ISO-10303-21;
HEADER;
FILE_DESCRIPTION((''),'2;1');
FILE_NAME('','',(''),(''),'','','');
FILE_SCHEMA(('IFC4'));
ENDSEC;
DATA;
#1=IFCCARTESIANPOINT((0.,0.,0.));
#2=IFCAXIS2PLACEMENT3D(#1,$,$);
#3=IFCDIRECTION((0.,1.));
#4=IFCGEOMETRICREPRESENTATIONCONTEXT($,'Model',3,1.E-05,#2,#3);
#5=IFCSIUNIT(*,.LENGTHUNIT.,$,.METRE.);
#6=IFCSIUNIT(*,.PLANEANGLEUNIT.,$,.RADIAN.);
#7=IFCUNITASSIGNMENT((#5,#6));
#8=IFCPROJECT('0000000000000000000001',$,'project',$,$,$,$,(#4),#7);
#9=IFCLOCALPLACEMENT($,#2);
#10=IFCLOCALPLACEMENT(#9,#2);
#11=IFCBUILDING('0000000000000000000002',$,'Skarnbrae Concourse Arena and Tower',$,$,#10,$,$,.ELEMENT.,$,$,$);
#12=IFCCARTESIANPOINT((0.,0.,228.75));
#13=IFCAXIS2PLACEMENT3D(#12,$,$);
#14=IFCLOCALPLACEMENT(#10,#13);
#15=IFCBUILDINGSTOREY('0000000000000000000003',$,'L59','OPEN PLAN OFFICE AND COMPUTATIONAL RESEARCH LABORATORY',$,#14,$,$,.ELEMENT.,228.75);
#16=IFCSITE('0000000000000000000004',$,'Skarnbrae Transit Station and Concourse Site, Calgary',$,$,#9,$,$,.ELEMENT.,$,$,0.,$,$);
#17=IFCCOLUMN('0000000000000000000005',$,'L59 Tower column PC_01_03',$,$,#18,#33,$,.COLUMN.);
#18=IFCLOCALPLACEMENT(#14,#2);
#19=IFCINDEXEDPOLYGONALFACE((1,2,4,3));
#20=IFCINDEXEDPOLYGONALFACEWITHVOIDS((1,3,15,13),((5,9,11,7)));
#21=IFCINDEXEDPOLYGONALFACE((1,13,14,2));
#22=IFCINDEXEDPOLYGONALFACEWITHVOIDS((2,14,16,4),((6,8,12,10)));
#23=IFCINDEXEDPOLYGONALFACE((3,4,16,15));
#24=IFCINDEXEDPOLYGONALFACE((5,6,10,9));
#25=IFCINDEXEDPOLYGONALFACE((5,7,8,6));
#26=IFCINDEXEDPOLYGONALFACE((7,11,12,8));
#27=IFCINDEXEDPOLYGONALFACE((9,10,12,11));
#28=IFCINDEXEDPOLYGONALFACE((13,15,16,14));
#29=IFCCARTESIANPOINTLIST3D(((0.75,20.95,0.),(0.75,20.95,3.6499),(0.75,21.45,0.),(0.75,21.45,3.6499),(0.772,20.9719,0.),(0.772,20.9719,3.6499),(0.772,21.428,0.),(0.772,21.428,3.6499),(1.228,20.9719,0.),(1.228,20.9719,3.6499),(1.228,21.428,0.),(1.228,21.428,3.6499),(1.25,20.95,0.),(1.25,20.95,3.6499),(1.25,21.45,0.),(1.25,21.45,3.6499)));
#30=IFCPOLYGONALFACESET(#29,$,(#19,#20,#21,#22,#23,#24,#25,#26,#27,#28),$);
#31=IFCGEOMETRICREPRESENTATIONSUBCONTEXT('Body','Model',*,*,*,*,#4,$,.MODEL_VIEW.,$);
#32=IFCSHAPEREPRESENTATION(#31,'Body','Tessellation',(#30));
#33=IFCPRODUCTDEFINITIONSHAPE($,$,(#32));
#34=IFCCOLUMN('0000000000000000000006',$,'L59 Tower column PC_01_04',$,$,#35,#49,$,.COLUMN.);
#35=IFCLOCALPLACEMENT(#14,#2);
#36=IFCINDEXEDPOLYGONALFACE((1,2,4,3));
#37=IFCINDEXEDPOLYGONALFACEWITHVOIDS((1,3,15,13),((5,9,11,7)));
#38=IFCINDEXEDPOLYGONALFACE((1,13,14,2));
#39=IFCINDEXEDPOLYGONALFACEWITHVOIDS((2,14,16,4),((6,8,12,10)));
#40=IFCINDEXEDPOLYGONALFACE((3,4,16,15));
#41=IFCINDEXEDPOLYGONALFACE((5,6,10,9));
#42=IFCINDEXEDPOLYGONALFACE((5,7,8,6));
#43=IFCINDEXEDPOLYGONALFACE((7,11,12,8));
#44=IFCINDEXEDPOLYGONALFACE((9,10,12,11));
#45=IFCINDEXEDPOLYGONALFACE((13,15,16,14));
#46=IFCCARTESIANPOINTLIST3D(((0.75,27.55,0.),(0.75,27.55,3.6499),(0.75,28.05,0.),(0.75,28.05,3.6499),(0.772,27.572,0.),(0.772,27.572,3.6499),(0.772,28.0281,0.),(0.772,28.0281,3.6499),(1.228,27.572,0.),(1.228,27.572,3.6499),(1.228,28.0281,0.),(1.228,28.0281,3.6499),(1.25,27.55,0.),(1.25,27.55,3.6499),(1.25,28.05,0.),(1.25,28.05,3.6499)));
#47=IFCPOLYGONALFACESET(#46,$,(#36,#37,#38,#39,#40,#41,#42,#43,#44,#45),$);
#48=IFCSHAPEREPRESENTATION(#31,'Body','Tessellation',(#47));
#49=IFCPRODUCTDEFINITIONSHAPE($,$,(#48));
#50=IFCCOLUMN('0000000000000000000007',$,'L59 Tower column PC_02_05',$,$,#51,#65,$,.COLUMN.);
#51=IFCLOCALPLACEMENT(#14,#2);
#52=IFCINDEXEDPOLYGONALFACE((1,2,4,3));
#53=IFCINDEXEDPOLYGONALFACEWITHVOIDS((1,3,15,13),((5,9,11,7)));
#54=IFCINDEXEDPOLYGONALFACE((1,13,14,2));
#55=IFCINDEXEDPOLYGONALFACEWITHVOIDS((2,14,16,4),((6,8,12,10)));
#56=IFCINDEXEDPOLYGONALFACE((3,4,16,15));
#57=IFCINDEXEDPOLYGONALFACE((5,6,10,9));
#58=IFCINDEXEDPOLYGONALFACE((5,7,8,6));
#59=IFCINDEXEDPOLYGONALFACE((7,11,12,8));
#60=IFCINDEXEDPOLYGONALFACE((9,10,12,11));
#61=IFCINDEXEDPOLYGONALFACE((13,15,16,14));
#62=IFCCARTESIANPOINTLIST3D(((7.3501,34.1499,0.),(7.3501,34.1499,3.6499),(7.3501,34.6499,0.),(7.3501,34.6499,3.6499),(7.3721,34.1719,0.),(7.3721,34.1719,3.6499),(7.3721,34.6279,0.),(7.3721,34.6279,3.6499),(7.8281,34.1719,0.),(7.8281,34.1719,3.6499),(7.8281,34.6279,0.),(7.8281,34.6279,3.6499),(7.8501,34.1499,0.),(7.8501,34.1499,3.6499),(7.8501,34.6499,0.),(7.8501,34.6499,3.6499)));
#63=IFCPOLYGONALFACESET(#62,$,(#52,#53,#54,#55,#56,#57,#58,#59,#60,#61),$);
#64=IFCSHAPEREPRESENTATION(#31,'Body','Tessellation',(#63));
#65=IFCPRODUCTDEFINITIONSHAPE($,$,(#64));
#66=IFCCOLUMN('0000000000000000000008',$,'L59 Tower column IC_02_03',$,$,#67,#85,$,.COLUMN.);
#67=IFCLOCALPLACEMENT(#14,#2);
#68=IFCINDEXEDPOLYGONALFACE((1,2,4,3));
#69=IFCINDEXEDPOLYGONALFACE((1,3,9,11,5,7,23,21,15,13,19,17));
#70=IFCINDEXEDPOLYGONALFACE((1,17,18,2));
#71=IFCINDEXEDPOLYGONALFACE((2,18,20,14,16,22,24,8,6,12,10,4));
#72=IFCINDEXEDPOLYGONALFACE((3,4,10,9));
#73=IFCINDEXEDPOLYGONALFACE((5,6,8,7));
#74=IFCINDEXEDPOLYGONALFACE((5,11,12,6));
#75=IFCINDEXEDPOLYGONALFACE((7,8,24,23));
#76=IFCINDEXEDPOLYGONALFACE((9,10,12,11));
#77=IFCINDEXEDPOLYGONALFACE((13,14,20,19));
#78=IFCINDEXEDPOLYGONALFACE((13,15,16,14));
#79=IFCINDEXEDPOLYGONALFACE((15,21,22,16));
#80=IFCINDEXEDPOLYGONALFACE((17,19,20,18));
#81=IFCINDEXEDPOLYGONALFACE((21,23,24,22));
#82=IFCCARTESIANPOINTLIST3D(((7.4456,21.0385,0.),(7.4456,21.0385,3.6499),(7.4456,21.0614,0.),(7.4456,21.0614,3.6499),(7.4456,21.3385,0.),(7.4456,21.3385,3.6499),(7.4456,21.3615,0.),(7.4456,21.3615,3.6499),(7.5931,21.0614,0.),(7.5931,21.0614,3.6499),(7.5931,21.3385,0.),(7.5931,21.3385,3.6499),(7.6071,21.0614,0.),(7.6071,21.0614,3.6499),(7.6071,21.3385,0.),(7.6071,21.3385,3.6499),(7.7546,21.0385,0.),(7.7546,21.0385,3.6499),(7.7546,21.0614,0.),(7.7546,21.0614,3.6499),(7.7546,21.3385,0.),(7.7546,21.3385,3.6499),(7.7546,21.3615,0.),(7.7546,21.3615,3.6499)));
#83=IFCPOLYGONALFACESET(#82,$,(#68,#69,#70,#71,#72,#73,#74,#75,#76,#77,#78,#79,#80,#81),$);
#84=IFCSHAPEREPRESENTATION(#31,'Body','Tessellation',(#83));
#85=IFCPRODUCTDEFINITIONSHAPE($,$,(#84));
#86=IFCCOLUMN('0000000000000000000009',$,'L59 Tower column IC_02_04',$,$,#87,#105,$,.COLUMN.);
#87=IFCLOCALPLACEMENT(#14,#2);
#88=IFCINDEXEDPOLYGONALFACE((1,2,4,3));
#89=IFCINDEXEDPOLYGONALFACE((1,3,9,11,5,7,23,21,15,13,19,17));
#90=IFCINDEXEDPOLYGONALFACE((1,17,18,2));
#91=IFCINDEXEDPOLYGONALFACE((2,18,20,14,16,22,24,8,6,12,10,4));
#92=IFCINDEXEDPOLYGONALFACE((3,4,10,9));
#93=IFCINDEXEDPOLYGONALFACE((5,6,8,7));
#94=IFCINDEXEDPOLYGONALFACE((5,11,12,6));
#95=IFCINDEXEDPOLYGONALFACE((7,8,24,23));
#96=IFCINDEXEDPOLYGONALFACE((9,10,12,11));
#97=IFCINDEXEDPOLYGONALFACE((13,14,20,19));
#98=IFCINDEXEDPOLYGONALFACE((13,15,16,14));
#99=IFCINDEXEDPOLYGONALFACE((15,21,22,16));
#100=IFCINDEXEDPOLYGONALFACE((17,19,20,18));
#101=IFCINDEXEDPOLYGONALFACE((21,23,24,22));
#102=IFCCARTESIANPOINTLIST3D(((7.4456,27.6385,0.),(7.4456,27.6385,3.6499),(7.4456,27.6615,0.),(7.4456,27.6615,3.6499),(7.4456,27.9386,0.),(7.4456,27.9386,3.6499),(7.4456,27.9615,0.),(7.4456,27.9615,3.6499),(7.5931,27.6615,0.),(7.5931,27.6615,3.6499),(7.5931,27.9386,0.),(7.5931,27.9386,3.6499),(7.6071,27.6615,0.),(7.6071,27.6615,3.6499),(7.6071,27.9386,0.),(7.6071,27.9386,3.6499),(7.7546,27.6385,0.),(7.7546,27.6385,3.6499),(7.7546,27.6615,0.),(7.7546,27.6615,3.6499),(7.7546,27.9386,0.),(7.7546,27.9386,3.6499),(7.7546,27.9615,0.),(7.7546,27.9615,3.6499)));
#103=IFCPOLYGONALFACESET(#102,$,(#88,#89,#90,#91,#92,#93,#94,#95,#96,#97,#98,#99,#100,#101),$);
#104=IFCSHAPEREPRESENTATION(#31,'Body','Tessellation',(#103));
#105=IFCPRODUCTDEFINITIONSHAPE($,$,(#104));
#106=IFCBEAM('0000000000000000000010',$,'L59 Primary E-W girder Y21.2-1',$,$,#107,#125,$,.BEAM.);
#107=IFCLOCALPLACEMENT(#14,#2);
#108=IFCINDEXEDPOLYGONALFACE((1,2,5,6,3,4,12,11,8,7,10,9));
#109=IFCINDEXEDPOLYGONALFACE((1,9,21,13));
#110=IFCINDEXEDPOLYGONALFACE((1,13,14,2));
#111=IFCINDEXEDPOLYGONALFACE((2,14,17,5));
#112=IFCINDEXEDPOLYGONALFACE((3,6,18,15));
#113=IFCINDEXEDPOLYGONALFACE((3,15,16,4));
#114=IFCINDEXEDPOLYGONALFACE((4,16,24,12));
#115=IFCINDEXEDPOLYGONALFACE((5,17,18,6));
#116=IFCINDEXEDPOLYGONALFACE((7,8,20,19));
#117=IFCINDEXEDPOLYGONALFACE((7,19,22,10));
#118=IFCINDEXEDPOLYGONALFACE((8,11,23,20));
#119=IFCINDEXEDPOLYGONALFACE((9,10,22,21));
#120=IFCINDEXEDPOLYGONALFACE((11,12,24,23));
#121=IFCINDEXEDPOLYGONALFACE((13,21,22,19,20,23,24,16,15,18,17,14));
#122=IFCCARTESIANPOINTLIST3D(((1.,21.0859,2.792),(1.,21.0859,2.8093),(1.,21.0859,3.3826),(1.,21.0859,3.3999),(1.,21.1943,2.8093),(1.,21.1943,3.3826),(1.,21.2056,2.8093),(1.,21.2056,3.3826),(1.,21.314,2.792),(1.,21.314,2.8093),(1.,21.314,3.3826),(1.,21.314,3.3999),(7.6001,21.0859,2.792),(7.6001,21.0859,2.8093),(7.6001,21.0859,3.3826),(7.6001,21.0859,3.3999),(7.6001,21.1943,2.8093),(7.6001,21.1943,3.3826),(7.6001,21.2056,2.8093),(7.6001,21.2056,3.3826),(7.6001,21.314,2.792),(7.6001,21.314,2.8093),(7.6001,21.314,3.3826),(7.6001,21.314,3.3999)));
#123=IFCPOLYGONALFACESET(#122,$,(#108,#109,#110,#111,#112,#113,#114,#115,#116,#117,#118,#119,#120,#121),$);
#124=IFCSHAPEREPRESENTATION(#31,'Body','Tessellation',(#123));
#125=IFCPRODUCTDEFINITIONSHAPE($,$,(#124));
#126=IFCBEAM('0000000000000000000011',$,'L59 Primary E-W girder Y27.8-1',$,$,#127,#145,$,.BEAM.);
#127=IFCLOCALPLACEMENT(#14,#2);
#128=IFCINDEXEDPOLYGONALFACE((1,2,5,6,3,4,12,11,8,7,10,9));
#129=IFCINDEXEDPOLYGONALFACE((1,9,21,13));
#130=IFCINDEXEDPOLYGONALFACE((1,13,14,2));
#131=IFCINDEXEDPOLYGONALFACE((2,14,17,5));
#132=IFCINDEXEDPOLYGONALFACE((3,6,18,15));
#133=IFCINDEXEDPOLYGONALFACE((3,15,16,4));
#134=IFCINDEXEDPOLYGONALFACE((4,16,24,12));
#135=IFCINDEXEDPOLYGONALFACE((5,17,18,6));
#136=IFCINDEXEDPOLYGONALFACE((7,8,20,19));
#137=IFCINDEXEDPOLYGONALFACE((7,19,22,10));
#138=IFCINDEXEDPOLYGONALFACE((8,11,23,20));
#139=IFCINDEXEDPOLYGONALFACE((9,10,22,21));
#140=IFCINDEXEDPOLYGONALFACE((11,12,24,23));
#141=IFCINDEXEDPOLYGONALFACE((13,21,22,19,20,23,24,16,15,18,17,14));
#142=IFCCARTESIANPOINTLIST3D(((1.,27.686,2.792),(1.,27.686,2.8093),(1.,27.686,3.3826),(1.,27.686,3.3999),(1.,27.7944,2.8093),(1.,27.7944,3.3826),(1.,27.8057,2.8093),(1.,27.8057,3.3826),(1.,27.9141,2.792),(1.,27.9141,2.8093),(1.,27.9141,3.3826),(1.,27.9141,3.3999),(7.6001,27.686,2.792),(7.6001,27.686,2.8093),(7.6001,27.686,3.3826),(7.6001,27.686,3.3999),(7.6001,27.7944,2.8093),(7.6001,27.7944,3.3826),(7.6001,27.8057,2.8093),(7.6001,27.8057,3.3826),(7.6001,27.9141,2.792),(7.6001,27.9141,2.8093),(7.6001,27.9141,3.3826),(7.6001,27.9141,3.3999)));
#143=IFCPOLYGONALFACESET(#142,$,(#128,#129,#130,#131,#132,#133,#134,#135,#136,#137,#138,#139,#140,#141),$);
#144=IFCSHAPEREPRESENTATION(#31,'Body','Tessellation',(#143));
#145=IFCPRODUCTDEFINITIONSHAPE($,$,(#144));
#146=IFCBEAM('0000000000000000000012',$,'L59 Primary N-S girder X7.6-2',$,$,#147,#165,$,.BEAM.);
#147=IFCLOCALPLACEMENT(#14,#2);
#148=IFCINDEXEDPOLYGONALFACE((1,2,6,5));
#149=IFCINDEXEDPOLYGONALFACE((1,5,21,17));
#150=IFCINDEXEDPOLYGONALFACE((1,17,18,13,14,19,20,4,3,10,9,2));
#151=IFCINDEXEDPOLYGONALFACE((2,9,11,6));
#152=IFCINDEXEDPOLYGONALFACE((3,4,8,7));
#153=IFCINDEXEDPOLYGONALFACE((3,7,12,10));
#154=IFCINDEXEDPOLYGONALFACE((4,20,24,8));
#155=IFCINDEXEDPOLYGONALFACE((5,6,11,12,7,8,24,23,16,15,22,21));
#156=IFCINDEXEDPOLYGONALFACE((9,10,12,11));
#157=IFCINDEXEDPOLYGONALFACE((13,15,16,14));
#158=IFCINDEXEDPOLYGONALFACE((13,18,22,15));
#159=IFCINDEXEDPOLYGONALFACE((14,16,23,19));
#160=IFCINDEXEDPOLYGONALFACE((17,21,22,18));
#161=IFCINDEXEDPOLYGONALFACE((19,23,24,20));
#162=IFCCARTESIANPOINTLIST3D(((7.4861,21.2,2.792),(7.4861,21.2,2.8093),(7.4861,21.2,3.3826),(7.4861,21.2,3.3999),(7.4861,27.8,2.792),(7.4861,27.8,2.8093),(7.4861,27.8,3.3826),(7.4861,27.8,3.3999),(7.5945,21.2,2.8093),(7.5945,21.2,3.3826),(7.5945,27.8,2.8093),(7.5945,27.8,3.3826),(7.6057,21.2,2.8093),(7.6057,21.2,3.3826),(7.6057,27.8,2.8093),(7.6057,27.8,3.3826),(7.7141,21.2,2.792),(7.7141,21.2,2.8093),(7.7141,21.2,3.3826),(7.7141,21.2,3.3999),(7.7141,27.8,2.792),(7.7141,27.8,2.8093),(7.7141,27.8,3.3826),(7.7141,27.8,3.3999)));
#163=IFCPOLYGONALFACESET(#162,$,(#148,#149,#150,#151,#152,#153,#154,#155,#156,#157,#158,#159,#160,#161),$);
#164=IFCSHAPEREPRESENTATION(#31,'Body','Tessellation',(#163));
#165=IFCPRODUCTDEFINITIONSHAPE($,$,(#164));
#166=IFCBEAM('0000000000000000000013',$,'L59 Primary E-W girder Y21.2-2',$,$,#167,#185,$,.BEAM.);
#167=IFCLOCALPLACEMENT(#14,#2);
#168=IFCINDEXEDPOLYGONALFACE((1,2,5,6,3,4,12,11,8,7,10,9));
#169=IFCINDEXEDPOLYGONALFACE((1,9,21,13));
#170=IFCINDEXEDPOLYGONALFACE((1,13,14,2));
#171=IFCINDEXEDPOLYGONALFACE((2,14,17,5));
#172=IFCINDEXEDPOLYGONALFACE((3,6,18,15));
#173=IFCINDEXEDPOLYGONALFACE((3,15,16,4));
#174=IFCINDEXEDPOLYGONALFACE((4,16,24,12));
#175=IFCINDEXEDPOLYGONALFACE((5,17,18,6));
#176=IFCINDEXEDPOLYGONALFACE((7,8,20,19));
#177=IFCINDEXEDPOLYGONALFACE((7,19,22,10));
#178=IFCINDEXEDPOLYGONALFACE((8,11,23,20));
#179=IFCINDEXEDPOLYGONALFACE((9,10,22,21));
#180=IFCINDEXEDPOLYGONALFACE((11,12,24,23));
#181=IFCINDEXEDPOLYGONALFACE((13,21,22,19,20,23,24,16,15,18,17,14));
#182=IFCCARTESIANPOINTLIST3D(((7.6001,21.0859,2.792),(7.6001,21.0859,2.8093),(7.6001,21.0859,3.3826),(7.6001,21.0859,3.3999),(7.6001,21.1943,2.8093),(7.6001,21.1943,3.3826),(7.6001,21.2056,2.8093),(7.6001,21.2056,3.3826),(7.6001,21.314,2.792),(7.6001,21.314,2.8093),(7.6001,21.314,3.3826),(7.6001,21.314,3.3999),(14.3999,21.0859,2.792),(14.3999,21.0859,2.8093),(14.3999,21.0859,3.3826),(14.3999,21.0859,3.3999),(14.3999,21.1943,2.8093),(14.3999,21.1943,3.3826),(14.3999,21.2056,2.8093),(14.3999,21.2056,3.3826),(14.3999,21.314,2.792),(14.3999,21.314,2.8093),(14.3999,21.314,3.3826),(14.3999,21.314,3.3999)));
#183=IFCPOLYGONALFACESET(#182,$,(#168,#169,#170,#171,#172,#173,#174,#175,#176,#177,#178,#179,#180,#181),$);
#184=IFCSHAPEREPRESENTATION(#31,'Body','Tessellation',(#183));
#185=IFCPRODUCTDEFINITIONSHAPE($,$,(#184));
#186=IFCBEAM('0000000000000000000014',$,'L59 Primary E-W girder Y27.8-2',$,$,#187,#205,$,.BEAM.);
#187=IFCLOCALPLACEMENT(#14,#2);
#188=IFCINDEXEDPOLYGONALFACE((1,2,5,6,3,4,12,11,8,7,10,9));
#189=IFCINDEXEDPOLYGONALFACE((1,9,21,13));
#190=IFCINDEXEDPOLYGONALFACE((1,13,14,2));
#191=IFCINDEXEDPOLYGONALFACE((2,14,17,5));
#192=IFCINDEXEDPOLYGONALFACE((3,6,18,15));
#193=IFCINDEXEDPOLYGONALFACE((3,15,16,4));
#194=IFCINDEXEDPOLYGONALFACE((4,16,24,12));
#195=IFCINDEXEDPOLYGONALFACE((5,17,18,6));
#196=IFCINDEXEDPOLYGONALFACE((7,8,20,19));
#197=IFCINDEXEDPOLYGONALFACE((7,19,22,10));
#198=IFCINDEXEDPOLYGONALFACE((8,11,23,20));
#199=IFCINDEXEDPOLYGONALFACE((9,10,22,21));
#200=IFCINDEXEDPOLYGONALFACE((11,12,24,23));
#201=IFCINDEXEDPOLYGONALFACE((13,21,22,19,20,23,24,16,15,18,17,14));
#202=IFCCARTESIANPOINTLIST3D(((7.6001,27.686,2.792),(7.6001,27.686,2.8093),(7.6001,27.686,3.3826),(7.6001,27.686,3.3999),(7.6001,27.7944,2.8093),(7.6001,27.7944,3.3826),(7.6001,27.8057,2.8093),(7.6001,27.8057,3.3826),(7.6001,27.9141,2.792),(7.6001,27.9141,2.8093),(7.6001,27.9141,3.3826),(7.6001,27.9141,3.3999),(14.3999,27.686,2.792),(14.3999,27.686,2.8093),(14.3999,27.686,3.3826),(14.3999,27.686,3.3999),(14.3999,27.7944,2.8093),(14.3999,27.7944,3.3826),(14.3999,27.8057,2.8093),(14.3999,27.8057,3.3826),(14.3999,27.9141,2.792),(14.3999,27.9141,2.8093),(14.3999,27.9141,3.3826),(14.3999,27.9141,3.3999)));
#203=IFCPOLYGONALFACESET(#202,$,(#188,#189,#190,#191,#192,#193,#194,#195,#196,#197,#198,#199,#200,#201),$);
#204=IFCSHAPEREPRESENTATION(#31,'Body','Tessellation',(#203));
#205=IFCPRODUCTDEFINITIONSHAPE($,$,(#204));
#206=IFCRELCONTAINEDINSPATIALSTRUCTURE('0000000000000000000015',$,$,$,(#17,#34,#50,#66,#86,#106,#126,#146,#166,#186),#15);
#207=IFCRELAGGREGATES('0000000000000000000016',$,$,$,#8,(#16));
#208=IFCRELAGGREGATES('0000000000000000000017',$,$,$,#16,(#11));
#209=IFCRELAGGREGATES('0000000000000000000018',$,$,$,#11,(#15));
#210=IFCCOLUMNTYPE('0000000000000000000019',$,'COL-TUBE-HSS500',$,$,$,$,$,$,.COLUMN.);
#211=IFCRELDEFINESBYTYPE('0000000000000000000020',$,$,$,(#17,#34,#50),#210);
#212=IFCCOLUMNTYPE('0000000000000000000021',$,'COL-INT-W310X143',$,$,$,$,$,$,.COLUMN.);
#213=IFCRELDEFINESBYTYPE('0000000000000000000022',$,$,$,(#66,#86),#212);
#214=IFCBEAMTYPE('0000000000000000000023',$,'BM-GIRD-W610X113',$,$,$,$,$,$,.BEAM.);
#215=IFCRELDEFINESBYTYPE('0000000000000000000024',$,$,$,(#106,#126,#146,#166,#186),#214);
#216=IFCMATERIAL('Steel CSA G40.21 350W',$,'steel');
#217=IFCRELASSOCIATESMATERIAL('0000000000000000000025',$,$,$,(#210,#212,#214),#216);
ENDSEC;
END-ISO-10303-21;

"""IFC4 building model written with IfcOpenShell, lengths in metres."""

from ifc_helpers import new_model, si_unit, direction, frame, origin, origin_2d, place, context, subcontext, project, spatial, hollow_rectangle, i_section, extrude, source, transform, mapped, material, material_profile, profile_set, type_object, element, save


model = new_model("IFC4")

# Units and contexts
model_context = context("Model", 3, precision=1e-05, world=origin(), true_north=direction((0.0, 1.0)))
body_context = subcontext(model_context, "Body", "Model", "MODEL_VIEW")
ifc_project = project(units=[si_unit("LENGTHUNIT", "METRE"), si_unit("PLANEANGLEUNIT", "RADIAN")], contexts=[model_context])

# Site, building, storey
site_placement = place(None, origin())
site = spatial("IfcSite", under=ifc_project, at=site_placement, Name="Skarnbrae Transit Station and Concourse Site, Calgary", CompositionType="ELEMENT", RefElevation=0.0)
building_placement = place(site_placement, origin())
building = spatial("IfcBuilding", under=site, at=building_placement, Name="Skarnbrae Concourse Arena and Tower", CompositionType="ELEMENT")
storey_placement = place(building_placement, frame((0.0, 0.0, 228.75)))
storey = spatial("IfcBuildingStorey", under=building, at=storey_placement, Name="L59", Description="OPEN PLAN OFFICE AND COMPUTATIONAL RESEARCH LABORATORY", CompositionType="ELEMENT", Elevation=228.75)

# Columns
ifc_material_1 = material(Name="Steel CSA G40.21 350W", Category="steel")
ifc_material_profile_1 = material_profile(ifc_material_1, hollow_rectangle(XDim=0.5, YDim=0.5, WallThickness=0.022, at=origin_2d()), Name="HSS500X500X22.0")
ifc_profile_set_1 = profile_set([ifc_material_profile_1], Name="Steel CSA G40.21 350W")
column_type_1 = type_object("IfcColumnType", Name="COL-TUBE-HSS500", PredefinedType="COLUMN", material=ifc_profile_set_1)
shared_shape_1 = source(origin(), body_context, "Body", "SweptSolid", [
    extrude(hollow_rectangle(XDim=0.5, YDim=0.5, WallThickness=0.022, at=origin_2d()), origin(), (0.0, 0.0, 1.0), 3.6499),
])
for number, where, z_axis, x_axis, name in (
    (1, (1.0, 21.2, 0.0), (0.0, 0.0, 1.0), (1.0, 0.0, 0.0), "L59 Tower column PC_01_03"),
    (2, (1.0, 27.8, 0.0), (0.0, 0.0, 1.0), (1.0, 0.0, 0.0), "L59 Tower column PC_01_04"),
    (3, (7.6001, 34.3999, 0.0), (0.0, 0.0, 1.0), (1.0, 0.0, 0.0), "L59 Tower column PC_02_05"),
):
    element("IfcColumn", number, at=place(storey_placement, frame(where, z_axis=z_axis, x_axis=x_axis)), inside=storey, type_object=column_type_1, Name=name, PredefinedType="COLUMN", context=body_context, shape_type="MappedRepresentation", body=[
        mapped(shared_shape_1, transform((0.0, 0.0, 0.0))),
    ])
ifc_material_profile_2 = material_profile(ifc_material_1, i_section(OverallWidth=0.3091, OverallDepth=0.323, WebThickness=0.0139, FlangeThickness=0.0229, at=origin_2d()), Name="W310X143")
ifc_profile_set_2 = profile_set([ifc_material_profile_2], Name="Steel CSA G40.21 350W")
column_type_2 = type_object("IfcColumnType", Name="COL-INT-W310X143", PredefinedType="COLUMN", material=ifc_profile_set_2)
shared_shape_2 = source(origin(), body_context, "Body", "SweptSolid", [
    extrude(i_section(OverallWidth=0.3091, OverallDepth=0.323, WebThickness=0.0139, FlangeThickness=0.0229, at=origin_2d()), origin(), (0.0, 0.0, 1.0), 3.6499),
])
for number, where, z_axis, x_axis, name in (
    (4, (7.6001, 21.2, 0.0), (0.0, 0.0, 1.0), (1.0, 0.0, 0.0), "L59 Tower column IC_02_03"),
    (5, (7.6001, 27.8, 0.0), (0.0, 0.0, 1.0), (1.0, 0.0, 0.0), "L59 Tower column IC_02_04"),
):
    element("IfcColumn", number, at=place(storey_placement, frame(where, z_axis=z_axis, x_axis=x_axis)), inside=storey, type_object=column_type_2, Name=name, PredefinedType="COLUMN", context=body_context, shape_type="MappedRepresentation", body=[
        mapped(shared_shape_2, transform((0.0, 0.0, 0.0))),
    ])

# Beams
ifc_material_profile_3 = material_profile(ifc_material_1, i_section(OverallWidth=0.228, OverallDepth=0.6079, WebThickness=0.0112, FlangeThickness=0.0173, at=origin_2d()), Name="W610X113")
ifc_profile_set_3 = profile_set([ifc_material_profile_3], Name="Steel CSA G40.21 350W")
beam_type_1 = type_object("IfcBeamType", Name="BM-GIRD-W610X113", PredefinedType="BEAM", material=ifc_profile_set_3)
shared_shape_3 = source(origin(), body_context, "Body", "SweptSolid", [
    extrude(i_section(OverallWidth=0.228, OverallDepth=0.6079, WebThickness=0.0112, FlangeThickness=0.0173, at=origin_2d()), origin(), (0.0, 0.0, 1.0), 6.6001),
])
for number, where, z_axis, x_axis, name in (
    (6, (1.0, 21.2, 3.0959), (1.0, 0.0, 0.0), (0.0, 1.0, 0.0), "L59 Primary E-W girder Y21.2-1"),
    (7, (1.0, 27.8, 3.0959), (1.0, 0.0, 0.0), (0.0, 1.0, 0.0), "L59 Primary E-W girder Y27.8-1"),
    (8, (7.6001, 21.2, 3.0959), (0.0, 1.0, 0.0), (-1.0, 0.0, 0.0), "L59 Primary N-S girder X7.6-2"),
):
    element("IfcBeam", number, at=place(storey_placement, frame(where, z_axis=z_axis, x_axis=x_axis)), inside=storey, type_object=beam_type_1, Name=name, PredefinedType="BEAM", context=body_context, shape_type="MappedRepresentation", body=[
        mapped(shared_shape_3, transform((0.0, 0.0, 0.0))),
    ])
shared_shape_4 = source(origin(), body_context, "Body", "SweptSolid", [
    extrude(i_section(OverallWidth=0.228, OverallDepth=0.6079, WebThickness=0.0112, FlangeThickness=0.0173, at=origin_2d()), origin(), (0.0, 0.0, 1.0), 6.7998),
])
for number, where, z_axis, x_axis, name in (
    (9, (7.6001, 21.2, 3.0959), (1.0, 0.0, 0.0), (0.0, 1.0, 0.0), "L59 Primary E-W girder Y21.2-2"),
    (10, (7.6001, 27.8, 3.0959), (1.0, 0.0, 0.0), (0.0, 1.0, 0.0), "L59 Primary E-W girder Y27.8-2"),
):
    element("IfcBeam", number, at=place(storey_placement, frame(where, z_axis=z_axis, x_axis=x_axis)), inside=storey, type_object=beam_type_1, Name=name, PredefinedType="BEAM", context=body_context, shape_type="MappedRepresentation", body=[
        mapped(shared_shape_4, transform((0.0, 0.0, 0.0))),
    ])

save(model, "model.ifc")
